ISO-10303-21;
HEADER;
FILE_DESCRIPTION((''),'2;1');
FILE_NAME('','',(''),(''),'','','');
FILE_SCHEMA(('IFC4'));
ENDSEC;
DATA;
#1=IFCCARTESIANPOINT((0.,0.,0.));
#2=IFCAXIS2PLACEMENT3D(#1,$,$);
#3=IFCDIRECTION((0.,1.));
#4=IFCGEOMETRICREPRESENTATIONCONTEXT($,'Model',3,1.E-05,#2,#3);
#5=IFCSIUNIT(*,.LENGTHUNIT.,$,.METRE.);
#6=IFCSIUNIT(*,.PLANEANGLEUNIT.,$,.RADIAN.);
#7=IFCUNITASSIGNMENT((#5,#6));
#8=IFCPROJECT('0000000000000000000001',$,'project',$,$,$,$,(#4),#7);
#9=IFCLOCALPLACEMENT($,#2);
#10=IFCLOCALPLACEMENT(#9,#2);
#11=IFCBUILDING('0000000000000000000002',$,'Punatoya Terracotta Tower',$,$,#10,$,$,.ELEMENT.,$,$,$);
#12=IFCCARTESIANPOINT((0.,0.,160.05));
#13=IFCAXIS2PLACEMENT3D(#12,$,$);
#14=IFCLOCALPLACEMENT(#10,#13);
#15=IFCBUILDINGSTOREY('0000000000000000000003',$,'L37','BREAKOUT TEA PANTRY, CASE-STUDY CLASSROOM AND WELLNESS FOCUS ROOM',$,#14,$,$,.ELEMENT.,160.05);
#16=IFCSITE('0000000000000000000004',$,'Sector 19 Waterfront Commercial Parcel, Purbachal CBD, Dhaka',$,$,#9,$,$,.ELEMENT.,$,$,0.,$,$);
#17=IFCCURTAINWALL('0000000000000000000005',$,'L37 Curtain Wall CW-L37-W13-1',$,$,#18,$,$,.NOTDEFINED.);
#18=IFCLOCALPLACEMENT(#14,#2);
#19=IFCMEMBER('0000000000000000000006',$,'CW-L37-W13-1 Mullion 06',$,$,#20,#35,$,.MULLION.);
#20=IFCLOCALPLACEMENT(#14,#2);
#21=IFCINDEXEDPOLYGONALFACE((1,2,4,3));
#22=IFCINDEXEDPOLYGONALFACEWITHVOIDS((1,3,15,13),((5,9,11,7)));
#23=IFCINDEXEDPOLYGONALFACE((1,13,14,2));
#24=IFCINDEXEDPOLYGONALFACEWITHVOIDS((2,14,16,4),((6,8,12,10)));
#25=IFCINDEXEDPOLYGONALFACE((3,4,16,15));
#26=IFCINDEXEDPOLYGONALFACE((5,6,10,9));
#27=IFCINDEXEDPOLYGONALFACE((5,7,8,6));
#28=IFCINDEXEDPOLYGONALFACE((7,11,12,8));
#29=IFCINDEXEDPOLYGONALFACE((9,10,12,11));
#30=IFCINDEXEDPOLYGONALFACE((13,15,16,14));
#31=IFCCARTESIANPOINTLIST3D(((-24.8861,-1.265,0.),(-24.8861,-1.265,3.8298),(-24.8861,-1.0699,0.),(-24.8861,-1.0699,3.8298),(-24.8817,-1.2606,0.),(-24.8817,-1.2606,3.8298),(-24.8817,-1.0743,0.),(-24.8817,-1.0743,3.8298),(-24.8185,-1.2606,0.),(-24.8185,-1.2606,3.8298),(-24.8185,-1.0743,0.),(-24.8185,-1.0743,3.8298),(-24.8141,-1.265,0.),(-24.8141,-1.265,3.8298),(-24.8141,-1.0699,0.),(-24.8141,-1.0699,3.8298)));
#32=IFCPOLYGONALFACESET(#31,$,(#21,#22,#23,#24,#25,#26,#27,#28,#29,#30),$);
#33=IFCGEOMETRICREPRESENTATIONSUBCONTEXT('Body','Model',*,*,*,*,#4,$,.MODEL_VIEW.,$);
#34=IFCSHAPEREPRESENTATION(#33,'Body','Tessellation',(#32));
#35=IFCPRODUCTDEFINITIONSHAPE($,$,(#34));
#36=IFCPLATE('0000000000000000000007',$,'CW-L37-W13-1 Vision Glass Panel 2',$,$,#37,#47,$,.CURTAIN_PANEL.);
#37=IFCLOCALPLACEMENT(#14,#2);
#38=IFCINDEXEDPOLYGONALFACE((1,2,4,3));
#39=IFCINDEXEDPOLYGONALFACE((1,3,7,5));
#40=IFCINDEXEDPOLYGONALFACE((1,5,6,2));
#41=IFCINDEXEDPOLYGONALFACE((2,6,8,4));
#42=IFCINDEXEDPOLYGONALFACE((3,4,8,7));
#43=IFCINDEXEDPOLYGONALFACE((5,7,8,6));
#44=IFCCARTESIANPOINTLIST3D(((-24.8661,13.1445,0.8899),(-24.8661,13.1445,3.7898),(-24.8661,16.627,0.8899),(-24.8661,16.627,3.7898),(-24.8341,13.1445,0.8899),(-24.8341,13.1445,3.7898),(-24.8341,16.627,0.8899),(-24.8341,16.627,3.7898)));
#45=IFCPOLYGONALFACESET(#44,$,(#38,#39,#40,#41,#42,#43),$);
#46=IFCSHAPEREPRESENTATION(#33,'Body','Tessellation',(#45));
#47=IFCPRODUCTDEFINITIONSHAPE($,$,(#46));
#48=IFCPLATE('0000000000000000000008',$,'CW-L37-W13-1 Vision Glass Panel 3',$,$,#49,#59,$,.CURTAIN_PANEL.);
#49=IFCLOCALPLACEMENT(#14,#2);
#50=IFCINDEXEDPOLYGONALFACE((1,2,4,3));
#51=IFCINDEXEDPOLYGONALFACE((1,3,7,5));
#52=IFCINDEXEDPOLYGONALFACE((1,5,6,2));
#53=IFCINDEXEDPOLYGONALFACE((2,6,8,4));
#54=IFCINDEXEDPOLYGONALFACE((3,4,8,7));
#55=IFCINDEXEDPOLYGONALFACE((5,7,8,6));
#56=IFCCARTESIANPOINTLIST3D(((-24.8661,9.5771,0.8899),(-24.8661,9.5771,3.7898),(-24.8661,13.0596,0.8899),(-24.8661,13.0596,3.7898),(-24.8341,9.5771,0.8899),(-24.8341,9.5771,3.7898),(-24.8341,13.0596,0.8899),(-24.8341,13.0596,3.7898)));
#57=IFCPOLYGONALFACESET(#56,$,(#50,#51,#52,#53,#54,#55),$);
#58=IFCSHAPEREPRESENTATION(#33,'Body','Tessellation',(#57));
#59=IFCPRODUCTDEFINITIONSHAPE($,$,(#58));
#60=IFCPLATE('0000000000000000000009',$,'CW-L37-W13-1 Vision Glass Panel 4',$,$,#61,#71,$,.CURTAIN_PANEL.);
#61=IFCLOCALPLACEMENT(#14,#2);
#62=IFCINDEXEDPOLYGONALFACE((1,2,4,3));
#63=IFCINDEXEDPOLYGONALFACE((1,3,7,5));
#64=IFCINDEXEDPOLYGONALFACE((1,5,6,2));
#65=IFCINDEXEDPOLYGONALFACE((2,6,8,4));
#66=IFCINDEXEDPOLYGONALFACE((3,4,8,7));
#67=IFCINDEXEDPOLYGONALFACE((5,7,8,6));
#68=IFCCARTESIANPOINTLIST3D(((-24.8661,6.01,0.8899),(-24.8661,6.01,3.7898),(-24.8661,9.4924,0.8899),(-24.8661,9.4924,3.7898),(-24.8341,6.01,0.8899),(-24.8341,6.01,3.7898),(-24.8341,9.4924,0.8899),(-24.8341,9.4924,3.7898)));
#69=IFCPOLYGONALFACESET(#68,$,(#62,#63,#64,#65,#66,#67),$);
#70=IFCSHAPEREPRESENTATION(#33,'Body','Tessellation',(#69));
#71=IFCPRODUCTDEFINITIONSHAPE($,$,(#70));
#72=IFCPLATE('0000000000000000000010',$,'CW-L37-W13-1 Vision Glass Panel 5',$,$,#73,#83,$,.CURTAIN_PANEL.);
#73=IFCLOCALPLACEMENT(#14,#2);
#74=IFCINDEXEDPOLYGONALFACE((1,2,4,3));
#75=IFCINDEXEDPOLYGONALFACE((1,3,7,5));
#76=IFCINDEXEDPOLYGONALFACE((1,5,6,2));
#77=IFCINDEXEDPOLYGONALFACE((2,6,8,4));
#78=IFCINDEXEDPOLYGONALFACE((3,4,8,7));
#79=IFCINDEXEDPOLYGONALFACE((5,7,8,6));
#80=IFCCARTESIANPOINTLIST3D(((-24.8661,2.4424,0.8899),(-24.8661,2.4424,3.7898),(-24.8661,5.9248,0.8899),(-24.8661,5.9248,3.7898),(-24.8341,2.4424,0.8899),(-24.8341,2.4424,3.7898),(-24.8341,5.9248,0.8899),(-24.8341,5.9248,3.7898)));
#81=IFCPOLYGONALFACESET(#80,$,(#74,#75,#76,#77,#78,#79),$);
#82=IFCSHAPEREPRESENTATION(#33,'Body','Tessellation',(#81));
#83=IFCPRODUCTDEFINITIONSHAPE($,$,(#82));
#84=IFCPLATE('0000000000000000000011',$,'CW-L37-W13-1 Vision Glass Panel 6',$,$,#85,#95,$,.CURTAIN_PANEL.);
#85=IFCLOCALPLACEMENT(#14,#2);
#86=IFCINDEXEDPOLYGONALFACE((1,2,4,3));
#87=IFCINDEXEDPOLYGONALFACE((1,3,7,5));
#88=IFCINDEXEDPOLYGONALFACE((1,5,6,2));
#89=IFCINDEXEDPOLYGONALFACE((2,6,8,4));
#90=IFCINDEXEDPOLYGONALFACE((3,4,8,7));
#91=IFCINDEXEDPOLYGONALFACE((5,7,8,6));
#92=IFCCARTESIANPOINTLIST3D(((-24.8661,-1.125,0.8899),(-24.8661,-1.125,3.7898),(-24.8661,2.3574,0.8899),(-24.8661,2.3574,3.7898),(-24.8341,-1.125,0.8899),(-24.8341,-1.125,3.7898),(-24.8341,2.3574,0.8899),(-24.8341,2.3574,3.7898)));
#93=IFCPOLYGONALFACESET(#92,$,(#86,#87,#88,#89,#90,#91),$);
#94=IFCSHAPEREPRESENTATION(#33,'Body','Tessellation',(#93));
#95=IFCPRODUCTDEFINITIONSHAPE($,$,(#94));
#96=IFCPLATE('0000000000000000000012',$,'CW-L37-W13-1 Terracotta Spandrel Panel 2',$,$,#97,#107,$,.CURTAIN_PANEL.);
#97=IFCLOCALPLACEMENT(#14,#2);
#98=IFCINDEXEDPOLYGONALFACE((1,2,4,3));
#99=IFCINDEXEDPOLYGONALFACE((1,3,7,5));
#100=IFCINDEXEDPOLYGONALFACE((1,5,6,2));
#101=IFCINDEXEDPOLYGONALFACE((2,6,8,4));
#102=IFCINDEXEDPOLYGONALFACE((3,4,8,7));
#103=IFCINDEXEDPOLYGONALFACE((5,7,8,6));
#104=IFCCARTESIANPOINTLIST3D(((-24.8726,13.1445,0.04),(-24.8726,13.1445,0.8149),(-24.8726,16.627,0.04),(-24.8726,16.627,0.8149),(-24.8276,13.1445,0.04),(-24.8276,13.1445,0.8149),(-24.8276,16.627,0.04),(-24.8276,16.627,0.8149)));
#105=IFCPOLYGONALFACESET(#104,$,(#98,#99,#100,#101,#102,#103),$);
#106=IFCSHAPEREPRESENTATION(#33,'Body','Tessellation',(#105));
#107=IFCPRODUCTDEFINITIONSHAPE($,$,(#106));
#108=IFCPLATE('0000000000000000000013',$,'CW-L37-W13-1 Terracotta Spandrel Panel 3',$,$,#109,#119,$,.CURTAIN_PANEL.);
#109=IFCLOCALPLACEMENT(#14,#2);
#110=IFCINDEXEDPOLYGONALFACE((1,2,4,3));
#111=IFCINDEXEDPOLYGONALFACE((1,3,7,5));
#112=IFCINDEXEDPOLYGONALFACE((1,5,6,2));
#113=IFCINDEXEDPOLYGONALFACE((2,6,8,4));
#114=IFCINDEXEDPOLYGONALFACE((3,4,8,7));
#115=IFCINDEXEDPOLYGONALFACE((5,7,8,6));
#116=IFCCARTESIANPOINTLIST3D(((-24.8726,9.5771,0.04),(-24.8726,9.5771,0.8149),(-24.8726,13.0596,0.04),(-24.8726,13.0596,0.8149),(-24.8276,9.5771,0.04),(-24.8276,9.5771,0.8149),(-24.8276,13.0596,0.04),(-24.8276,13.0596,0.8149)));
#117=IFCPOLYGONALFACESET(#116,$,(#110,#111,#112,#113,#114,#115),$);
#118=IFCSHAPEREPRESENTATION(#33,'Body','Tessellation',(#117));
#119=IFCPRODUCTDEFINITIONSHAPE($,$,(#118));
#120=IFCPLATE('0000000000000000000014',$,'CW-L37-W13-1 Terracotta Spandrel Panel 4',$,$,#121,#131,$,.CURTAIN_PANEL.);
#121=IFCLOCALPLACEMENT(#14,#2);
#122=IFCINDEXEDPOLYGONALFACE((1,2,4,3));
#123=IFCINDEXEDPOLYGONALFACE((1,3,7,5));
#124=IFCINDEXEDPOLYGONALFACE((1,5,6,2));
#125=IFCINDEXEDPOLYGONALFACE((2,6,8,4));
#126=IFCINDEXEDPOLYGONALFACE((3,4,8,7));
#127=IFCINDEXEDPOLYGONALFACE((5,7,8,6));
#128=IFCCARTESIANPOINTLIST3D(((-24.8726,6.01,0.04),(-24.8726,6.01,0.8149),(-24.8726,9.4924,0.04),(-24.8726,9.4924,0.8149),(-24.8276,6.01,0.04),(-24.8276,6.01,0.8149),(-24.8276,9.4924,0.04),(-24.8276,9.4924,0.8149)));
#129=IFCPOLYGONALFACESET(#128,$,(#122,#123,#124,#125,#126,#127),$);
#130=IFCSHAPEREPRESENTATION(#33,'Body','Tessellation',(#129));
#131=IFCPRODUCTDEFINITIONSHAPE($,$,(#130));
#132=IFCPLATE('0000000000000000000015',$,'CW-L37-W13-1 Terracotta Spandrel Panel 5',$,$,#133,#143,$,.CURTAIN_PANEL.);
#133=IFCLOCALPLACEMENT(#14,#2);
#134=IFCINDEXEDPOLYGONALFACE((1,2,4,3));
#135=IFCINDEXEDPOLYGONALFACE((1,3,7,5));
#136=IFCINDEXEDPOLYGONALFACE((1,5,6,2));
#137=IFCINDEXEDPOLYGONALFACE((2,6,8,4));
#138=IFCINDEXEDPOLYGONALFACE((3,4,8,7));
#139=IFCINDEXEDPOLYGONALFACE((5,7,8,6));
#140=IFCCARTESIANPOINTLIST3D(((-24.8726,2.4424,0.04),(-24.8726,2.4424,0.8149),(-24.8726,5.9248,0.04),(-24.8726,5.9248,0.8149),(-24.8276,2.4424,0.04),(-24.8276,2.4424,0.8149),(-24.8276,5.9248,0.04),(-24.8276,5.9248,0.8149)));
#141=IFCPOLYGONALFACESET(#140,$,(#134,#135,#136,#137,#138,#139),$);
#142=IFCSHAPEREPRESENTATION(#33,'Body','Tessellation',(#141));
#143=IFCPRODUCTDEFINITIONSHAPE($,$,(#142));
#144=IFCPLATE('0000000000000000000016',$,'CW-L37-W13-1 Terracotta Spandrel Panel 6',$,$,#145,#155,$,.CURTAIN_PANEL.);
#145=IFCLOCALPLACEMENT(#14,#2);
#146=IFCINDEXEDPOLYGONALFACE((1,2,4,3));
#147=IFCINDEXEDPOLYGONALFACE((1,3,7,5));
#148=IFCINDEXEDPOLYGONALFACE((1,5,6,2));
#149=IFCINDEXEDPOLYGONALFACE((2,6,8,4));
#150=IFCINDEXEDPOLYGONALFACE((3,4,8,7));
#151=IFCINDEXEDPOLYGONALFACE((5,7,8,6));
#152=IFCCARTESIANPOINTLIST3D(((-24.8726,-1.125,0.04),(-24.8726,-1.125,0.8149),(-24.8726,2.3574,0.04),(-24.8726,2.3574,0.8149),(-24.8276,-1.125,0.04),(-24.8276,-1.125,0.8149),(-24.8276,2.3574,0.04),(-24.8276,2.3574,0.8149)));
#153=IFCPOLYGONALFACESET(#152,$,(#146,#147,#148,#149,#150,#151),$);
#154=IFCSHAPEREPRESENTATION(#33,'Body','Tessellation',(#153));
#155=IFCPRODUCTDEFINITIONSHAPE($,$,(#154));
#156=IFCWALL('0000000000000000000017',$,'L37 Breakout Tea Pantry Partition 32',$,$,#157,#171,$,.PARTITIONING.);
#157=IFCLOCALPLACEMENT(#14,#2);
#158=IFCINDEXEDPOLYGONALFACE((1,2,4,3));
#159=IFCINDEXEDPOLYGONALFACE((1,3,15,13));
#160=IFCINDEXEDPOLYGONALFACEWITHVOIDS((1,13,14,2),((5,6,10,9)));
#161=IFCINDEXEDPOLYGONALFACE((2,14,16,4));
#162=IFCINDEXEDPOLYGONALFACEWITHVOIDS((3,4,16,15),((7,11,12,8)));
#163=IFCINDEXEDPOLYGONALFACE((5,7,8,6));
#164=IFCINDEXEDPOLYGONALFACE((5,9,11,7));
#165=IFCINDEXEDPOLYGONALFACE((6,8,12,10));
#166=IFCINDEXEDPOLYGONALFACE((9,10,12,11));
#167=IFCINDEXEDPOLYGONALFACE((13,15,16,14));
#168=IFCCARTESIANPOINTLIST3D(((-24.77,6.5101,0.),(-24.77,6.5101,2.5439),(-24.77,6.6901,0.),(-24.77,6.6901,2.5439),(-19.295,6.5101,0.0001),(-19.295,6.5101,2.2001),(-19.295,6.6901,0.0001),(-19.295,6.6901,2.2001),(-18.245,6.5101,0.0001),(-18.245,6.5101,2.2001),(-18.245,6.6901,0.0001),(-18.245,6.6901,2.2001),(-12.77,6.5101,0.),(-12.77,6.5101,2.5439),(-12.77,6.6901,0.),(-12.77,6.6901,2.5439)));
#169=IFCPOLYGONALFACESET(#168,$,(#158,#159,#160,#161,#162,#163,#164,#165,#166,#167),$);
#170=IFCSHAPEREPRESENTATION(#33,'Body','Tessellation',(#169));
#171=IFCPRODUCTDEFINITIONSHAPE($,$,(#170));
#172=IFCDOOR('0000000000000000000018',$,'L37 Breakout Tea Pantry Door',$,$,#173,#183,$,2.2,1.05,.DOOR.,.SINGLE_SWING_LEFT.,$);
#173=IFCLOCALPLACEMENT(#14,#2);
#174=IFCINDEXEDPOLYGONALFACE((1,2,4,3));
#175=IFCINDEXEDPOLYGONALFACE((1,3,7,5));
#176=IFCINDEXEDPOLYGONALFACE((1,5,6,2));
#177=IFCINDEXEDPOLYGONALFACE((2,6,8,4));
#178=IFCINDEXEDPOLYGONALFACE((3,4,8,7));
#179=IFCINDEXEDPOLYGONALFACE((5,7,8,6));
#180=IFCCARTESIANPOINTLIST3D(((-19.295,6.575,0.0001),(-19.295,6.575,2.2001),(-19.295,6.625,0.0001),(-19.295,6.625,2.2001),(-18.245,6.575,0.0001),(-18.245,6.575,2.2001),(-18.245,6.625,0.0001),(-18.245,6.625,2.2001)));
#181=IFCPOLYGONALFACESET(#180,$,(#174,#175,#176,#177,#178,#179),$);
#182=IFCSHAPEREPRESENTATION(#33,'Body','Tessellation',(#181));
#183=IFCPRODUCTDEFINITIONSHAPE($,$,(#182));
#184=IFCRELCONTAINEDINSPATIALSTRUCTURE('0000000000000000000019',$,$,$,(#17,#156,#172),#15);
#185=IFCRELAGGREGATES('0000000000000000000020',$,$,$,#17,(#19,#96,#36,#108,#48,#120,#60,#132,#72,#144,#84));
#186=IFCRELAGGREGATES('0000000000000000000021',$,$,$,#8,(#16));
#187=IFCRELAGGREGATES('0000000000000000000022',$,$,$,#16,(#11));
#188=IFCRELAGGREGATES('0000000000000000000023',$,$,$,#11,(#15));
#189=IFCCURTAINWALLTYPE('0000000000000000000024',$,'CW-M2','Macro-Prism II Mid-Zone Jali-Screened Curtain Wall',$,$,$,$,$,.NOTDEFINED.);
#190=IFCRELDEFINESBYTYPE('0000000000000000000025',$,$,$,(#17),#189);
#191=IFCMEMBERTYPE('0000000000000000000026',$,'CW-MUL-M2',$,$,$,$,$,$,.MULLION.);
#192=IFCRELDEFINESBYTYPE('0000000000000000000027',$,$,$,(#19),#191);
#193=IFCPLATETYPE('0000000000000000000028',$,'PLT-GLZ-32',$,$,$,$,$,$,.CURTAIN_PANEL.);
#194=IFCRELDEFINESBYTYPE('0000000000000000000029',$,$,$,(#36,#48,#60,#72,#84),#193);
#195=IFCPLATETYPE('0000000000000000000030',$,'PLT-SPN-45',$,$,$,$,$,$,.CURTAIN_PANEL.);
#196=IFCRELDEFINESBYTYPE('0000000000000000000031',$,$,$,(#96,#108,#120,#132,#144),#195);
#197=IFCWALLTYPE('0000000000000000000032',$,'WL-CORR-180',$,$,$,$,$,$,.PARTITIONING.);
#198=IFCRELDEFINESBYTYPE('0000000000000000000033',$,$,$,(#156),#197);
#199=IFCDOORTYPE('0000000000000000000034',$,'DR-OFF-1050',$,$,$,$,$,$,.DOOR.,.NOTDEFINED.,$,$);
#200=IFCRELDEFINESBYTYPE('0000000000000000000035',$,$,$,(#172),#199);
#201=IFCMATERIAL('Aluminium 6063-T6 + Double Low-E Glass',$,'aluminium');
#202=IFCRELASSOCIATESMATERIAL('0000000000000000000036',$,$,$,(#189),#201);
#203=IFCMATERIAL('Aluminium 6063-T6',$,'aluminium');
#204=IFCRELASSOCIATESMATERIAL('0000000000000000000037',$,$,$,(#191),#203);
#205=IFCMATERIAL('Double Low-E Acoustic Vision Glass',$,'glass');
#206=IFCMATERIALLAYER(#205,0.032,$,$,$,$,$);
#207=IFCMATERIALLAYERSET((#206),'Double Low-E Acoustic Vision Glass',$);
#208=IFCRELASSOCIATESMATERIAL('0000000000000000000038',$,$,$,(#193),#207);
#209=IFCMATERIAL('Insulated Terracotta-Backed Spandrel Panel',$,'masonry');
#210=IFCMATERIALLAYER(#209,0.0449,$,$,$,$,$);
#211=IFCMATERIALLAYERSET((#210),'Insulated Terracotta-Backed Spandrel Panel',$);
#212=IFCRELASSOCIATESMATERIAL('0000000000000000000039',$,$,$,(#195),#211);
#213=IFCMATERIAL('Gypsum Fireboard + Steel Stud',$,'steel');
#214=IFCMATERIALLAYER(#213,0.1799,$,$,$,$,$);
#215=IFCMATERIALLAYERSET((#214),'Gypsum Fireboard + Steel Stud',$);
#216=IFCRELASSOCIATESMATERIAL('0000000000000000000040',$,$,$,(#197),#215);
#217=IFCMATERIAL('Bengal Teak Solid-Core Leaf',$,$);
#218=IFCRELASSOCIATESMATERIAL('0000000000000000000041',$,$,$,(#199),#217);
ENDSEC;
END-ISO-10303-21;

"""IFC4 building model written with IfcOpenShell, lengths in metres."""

from ifc_helpers import new_model, si_unit, direction, frame, frame_2d, origin, origin_2d, place, context, subcontext, project, spatial, rectangle, hollow_rectangle, extrude, material, layer, layer_set, material_profile, profile_set, type_object, element, fill, aggregate, save


model = new_model("IFC4")

# Units and contexts
model_context = context("Model", 3, precision=1e-05, world=origin(), true_north=direction((0.0, 1.0)))
body_context = subcontext(model_context, "Body", "Model", "MODEL_VIEW")
ifc_project = project(units=[si_unit("LENGTHUNIT", "METRE"), si_unit("PLANEANGLEUNIT", "RADIAN")], contexts=[model_context])

# Site, building, storey
site_placement = place(None, origin())
site = spatial("IfcSite", under=ifc_project, at=site_placement, Name="Sector 19 Waterfront Commercial Parcel, Purbachal CBD, Dhaka", CompositionType="ELEMENT", RefElevation=0.0)
building_placement = place(site_placement, origin())
building = spatial("IfcBuilding", under=site, at=building_placement, Name="Punatoya Terracotta Tower", CompositionType="ELEMENT")
storey_placement = place(building_placement, frame((0.0, 0.0, 160.05)))
storey = spatial("IfcBuildingStorey", under=building, at=storey_placement, Name="L37", Description="BREAKOUT TEA PANTRY, CASE-STUDY CLASSROOM AND WELLNESS FOCUS ROOM", CompositionType="ELEMENT", Elevation=160.05)

# Curtain wall, member, plates
ifc_material_1 = material(Name="Aluminium 6063-T6 + Double Low-E Glass", Category="aluminium")
curtain_wall_type = type_object("IfcCurtainWallType", Name="CW-M2", Description="Macro-Prism II Mid-Zone Jali-Screened Curtain Wall", PredefinedType="NOTDEFINED", material=ifc_material_1)
curtain_wall_placement = place(storey_placement, origin())
curtain_wall = element("IfcCurtainWall", 1, at=curtain_wall_placement, inside=storey, type_object=curtain_wall_type, Name="L37 Curtain Wall CW-L37-W13-1", PredefinedType="NOTDEFINED")
ifc_material_2 = material(Name="Aluminium 6063-T6", Category="aluminium")
ifc_material_profile_1 = material_profile(ifc_material_2, hollow_rectangle(XDim=0.072, YDim=0.1951, WallThickness=0.0044, at=origin_2d()))
ifc_profile_set_1 = profile_set([ifc_material_profile_1], Name="Aluminium 6063-T6")
member_type = type_object("IfcMemberType", Name="CW-MUL-M2", PredefinedType="MULLION", material=ifc_profile_set_1)
member_1_placement = place(storey_placement, frame((-24.8501, -1.1675, 0.0), z_axis=(0.0, 0.0, 1.0), x_axis=(1.0, 0.0, 0.0)))
member_1 = element("IfcMember", 2, at=member_1_placement, type_object=member_type, Name="CW-L37-W13-1 Mullion 06", PredefinedType="MULLION", context=body_context, shape_type="SweptSolid", body=[
    extrude(hollow_rectangle(XDim=0.072, YDim=0.1951, WallThickness=0.0044, at=origin_2d()), origin(), (0.0, 0.0, 1.0), 3.8298),
])
ifc_material_3 = material(Name="Double Low-E Acoustic Vision Glass", Category="glass")
ifc_layer_1 = layer(ifc_material_3, 0.032)
ifc_layer_set_1 = layer_set([ifc_layer_1], Name="Double Low-E Acoustic Vision Glass")
plate_type_1 = type_object("IfcPlateType", Name="PLT-GLZ-32", PredefinedType="CURTAIN_PANEL", material=ifc_layer_set_1)
plate_1_placement = place(storey_placement, frame((-24.8501, 14.8857, 0.8899), z_axis=(0.0, 0.0, 1.0), x_axis=(0.0, -1.0, 0.0)))
plate_1 = element("IfcPlate", 3, at=plate_1_placement, type_object=plate_type_1, Name="CW-L37-W13-1 Vision Glass Panel 2", PredefinedType="CURTAIN_PANEL", context=body_context, shape_type="SweptSolid", body=[
    extrude(rectangle(XDim=3.4824, YDim=0.032, at=origin_2d()), origin(), (0.0, 0.0, 1.0), 2.8999),
])
plate_2_placement = place(storey_placement, frame((-24.8501, 11.3184, 0.8899), z_axis=(0.0, 0.0, 1.0), x_axis=(0.0, -1.0, 0.0)))
plate_2 = element("IfcPlate", 4, at=plate_2_placement, type_object=plate_type_1, Name="CW-L37-W13-1 Vision Glass Panel 3", PredefinedType="CURTAIN_PANEL", context=body_context, shape_type="SweptSolid", body=[
    extrude(rectangle(XDim=3.4824, YDim=0.032, at=origin_2d()), origin(), (0.0, 0.0, 1.0), 2.8999),
])
plate_3_placement = place(storey_placement, frame((-24.8501, 7.7512, 0.8899), z_axis=(0.0, 0.0, 1.0), x_axis=(0.0, -1.0, 0.0)))
plate_3 = element("IfcPlate", 5, at=plate_3_placement, type_object=plate_type_1, Name="CW-L37-W13-1 Vision Glass Panel 4", PredefinedType="CURTAIN_PANEL", context=body_context, shape_type="SweptSolid", body=[
    extrude(rectangle(XDim=3.4824, YDim=0.032, at=origin_2d()), origin(), (0.0, 0.0, 1.0), 2.8999),
])
plate_4_placement = place(storey_placement, frame((-24.8501, 4.1836, 0.8899), z_axis=(0.0, 0.0, 1.0), x_axis=(0.0, -1.0, 0.0)))
plate_4 = element("IfcPlate", 6, at=plate_4_placement, type_object=plate_type_1, Name="CW-L37-W13-1 Vision Glass Panel 5", PredefinedType="CURTAIN_PANEL", context=body_context, shape_type="SweptSolid", body=[
    extrude(rectangle(XDim=3.4824, YDim=0.032, at=origin_2d()), origin(), (0.0, 0.0, 1.0), 2.8999),
])
plate_5_placement = place(storey_placement, frame((-24.8501, 0.6162, 0.8899), z_axis=(0.0, 0.0, 1.0), x_axis=(0.0, -1.0, 0.0)))
plate_5 = element("IfcPlate", 7, at=plate_5_placement, type_object=plate_type_1, Name="CW-L37-W13-1 Vision Glass Panel 6", PredefinedType="CURTAIN_PANEL", context=body_context, shape_type="SweptSolid", body=[
    extrude(rectangle(XDim=3.4824, YDim=0.032, at=origin_2d()), origin(), (0.0, 0.0, 1.0), 2.8999),
])
ifc_material_4 = material(Name="Insulated Terracotta-Backed Spandrel Panel", Category="masonry")
ifc_layer_2 = layer(ifc_material_4, 0.0449)
ifc_layer_set_2 = layer_set([ifc_layer_2], Name="Insulated Terracotta-Backed Spandrel Panel")
plate_type_2 = type_object("IfcPlateType", Name="PLT-SPN-45", PredefinedType="CURTAIN_PANEL", material=ifc_layer_set_2)
plate_6_placement = place(storey_placement, frame((-24.8501, 14.8857, 0.04), z_axis=(0.0, 0.0, 1.0), x_axis=(0.0, -1.0, 0.0)))
plate_6 = element("IfcPlate", 8, at=plate_6_placement, type_object=plate_type_2, Name="CW-L37-W13-1 Terracotta Spandrel Panel 2", PredefinedType="CURTAIN_PANEL", context=body_context, shape_type="SweptSolid", body=[
    extrude(rectangle(XDim=3.4824, YDim=0.0449, at=origin_2d()), origin(), (0.0, 0.0, 1.0), 0.7749),
])
plate_7_placement = place(storey_placement, frame((-24.8501, 11.3184, 0.04), z_axis=(0.0, 0.0, 1.0), x_axis=(0.0, -1.0, 0.0)))
plate_7 = element("IfcPlate", 9, at=plate_7_placement, type_object=plate_type_2, Name="CW-L37-W13-1 Terracotta Spandrel Panel 3", PredefinedType="CURTAIN_PANEL", context=body_context, shape_type="SweptSolid", body=[
    extrude(rectangle(XDim=3.4824, YDim=0.0449, at=origin_2d()), origin(), (0.0, 0.0, 1.0), 0.7749),
])
plate_8_placement = place(storey_placement, frame((-24.8501, 7.7512, 0.04), z_axis=(0.0, 0.0, 1.0), x_axis=(0.0, -1.0, 0.0)))
plate_8 = element("IfcPlate", 10, at=plate_8_placement, type_object=plate_type_2, Name="CW-L37-W13-1 Terracotta Spandrel Panel 4", PredefinedType="CURTAIN_PANEL", context=body_context, shape_type="SweptSolid", body=[
    extrude(rectangle(XDim=3.4824, YDim=0.0449, at=origin_2d()), origin(), (0.0, 0.0, 1.0), 0.7749),
])
plate_9_placement = place(storey_placement, frame((-24.8501, 4.1836, 0.04), z_axis=(0.0, 0.0, 1.0), x_axis=(0.0, -1.0, 0.0)))
plate_9 = element("IfcPlate", 11, at=plate_9_placement, type_object=plate_type_2, Name="CW-L37-W13-1 Terracotta Spandrel Panel 5", PredefinedType="CURTAIN_PANEL", context=body_context, shape_type="SweptSolid", body=[
    extrude(rectangle(XDim=3.4824, YDim=0.0449, at=origin_2d()), origin(), (0.0, 0.0, 1.0), 0.7749),
])
plate_10_placement = place(storey_placement, frame((-24.8501, 0.6162, 0.04), z_axis=(0.0, 0.0, 1.0), x_axis=(0.0, -1.0, 0.0)))
plate_10 = element("IfcPlate", 12, at=plate_10_placement, type_object=plate_type_2, Name="CW-L37-W13-1 Terracotta Spandrel Panel 6", PredefinedType="CURTAIN_PANEL", context=body_context, shape_type="SweptSolid", body=[
    extrude(rectangle(XDim=3.4824, YDim=0.0449, at=origin_2d()), origin(), (0.0, 0.0, 1.0), 0.7749),
])
aggregate(curtain_wall, [member_1, plate_6, plate_1, plate_7, plate_2, plate_8, plate_3, plate_9, plate_4, plate_10, plate_5])

# Wall, opening, door
ifc_material_5 = material(Name="Gypsum Fireboard + Steel Stud", Category="steel")
ifc_layer_3 = layer(ifc_material_5, 0.1799)
ifc_layer_set_3 = layer_set([ifc_layer_3], Name="Gypsum Fireboard + Steel Stud")
wall_type = type_object("IfcWallType", Name="WL-CORR-180", PredefinedType="PARTITIONING", material=ifc_layer_set_3)
wall_placement = place(storey_placement, frame((-24.77, 6.6001, 0.0), z_axis=(0.0, 0.0, 1.0), x_axis=(1.0, 0.0, 0.0)))
wall = element("IfcWall", 13, at=wall_placement, inside=storey, type_object=wall_type, Name="L37 Breakout Tea Pantry Partition 32", PredefinedType="PARTITIONING", context=body_context, shape_type="SweptSolid", body=[
    extrude(rectangle(XDim=12.0, YDim=0.1799, at=frame_2d((6.0, 0.0))), origin(), (0.0, 0.0, 1.0), 2.5439),
])
opening_placement = place(wall_placement, frame((5.4751, 0.0, 0.0)))
opening = element("IfcOpeningElement", 14, at=opening_placement, cuts=wall, PredefinedType="OPENING", context=body_context, shape_type="SweptSolid", body=[
    extrude(rectangle(XDim=1.05, YDim=2.2, at=frame_2d((0.5249, 1.1001))), frame((0.0, 0.0999, 0.0), z_axis=(0.0, -1.0, 0.0), x_axis=(1.0, 0.0, 0.0)), (0.0, 0.0, 1.0), 0.2),
])
ifc_material_6 = material(Name="Bengal Teak Solid-Core Leaf")
door_type = type_object("IfcDoorType", Name="DR-OFF-1050", OperationType="NOTDEFINED", PredefinedType="DOOR", material=ifc_material_6)
door_placement = place(opening_placement, origin())
door = element("IfcDoor", 15, at=door_placement, inside=storey, type_object=door_type, Name="L37 Breakout Tea Pantry Door", OperationType="SINGLE_SWING_LEFT", OverallHeight=2.2, OverallWidth=1.05, PredefinedType="DOOR", context=body_context, shape_type="SweptSolid", body=[
    extrude(rectangle(XDim=1.05, YDim=2.2, at=frame_2d((0.5249, 1.1001))), frame((0.0, 0.0249, 0.0), z_axis=(0.0, -1.0, 0.0), x_axis=(1.0, 0.0, 0.0)), (0.0, 0.0, 1.0), 0.05),
])
fill(opening, door)

save(model, "model.ifc")
